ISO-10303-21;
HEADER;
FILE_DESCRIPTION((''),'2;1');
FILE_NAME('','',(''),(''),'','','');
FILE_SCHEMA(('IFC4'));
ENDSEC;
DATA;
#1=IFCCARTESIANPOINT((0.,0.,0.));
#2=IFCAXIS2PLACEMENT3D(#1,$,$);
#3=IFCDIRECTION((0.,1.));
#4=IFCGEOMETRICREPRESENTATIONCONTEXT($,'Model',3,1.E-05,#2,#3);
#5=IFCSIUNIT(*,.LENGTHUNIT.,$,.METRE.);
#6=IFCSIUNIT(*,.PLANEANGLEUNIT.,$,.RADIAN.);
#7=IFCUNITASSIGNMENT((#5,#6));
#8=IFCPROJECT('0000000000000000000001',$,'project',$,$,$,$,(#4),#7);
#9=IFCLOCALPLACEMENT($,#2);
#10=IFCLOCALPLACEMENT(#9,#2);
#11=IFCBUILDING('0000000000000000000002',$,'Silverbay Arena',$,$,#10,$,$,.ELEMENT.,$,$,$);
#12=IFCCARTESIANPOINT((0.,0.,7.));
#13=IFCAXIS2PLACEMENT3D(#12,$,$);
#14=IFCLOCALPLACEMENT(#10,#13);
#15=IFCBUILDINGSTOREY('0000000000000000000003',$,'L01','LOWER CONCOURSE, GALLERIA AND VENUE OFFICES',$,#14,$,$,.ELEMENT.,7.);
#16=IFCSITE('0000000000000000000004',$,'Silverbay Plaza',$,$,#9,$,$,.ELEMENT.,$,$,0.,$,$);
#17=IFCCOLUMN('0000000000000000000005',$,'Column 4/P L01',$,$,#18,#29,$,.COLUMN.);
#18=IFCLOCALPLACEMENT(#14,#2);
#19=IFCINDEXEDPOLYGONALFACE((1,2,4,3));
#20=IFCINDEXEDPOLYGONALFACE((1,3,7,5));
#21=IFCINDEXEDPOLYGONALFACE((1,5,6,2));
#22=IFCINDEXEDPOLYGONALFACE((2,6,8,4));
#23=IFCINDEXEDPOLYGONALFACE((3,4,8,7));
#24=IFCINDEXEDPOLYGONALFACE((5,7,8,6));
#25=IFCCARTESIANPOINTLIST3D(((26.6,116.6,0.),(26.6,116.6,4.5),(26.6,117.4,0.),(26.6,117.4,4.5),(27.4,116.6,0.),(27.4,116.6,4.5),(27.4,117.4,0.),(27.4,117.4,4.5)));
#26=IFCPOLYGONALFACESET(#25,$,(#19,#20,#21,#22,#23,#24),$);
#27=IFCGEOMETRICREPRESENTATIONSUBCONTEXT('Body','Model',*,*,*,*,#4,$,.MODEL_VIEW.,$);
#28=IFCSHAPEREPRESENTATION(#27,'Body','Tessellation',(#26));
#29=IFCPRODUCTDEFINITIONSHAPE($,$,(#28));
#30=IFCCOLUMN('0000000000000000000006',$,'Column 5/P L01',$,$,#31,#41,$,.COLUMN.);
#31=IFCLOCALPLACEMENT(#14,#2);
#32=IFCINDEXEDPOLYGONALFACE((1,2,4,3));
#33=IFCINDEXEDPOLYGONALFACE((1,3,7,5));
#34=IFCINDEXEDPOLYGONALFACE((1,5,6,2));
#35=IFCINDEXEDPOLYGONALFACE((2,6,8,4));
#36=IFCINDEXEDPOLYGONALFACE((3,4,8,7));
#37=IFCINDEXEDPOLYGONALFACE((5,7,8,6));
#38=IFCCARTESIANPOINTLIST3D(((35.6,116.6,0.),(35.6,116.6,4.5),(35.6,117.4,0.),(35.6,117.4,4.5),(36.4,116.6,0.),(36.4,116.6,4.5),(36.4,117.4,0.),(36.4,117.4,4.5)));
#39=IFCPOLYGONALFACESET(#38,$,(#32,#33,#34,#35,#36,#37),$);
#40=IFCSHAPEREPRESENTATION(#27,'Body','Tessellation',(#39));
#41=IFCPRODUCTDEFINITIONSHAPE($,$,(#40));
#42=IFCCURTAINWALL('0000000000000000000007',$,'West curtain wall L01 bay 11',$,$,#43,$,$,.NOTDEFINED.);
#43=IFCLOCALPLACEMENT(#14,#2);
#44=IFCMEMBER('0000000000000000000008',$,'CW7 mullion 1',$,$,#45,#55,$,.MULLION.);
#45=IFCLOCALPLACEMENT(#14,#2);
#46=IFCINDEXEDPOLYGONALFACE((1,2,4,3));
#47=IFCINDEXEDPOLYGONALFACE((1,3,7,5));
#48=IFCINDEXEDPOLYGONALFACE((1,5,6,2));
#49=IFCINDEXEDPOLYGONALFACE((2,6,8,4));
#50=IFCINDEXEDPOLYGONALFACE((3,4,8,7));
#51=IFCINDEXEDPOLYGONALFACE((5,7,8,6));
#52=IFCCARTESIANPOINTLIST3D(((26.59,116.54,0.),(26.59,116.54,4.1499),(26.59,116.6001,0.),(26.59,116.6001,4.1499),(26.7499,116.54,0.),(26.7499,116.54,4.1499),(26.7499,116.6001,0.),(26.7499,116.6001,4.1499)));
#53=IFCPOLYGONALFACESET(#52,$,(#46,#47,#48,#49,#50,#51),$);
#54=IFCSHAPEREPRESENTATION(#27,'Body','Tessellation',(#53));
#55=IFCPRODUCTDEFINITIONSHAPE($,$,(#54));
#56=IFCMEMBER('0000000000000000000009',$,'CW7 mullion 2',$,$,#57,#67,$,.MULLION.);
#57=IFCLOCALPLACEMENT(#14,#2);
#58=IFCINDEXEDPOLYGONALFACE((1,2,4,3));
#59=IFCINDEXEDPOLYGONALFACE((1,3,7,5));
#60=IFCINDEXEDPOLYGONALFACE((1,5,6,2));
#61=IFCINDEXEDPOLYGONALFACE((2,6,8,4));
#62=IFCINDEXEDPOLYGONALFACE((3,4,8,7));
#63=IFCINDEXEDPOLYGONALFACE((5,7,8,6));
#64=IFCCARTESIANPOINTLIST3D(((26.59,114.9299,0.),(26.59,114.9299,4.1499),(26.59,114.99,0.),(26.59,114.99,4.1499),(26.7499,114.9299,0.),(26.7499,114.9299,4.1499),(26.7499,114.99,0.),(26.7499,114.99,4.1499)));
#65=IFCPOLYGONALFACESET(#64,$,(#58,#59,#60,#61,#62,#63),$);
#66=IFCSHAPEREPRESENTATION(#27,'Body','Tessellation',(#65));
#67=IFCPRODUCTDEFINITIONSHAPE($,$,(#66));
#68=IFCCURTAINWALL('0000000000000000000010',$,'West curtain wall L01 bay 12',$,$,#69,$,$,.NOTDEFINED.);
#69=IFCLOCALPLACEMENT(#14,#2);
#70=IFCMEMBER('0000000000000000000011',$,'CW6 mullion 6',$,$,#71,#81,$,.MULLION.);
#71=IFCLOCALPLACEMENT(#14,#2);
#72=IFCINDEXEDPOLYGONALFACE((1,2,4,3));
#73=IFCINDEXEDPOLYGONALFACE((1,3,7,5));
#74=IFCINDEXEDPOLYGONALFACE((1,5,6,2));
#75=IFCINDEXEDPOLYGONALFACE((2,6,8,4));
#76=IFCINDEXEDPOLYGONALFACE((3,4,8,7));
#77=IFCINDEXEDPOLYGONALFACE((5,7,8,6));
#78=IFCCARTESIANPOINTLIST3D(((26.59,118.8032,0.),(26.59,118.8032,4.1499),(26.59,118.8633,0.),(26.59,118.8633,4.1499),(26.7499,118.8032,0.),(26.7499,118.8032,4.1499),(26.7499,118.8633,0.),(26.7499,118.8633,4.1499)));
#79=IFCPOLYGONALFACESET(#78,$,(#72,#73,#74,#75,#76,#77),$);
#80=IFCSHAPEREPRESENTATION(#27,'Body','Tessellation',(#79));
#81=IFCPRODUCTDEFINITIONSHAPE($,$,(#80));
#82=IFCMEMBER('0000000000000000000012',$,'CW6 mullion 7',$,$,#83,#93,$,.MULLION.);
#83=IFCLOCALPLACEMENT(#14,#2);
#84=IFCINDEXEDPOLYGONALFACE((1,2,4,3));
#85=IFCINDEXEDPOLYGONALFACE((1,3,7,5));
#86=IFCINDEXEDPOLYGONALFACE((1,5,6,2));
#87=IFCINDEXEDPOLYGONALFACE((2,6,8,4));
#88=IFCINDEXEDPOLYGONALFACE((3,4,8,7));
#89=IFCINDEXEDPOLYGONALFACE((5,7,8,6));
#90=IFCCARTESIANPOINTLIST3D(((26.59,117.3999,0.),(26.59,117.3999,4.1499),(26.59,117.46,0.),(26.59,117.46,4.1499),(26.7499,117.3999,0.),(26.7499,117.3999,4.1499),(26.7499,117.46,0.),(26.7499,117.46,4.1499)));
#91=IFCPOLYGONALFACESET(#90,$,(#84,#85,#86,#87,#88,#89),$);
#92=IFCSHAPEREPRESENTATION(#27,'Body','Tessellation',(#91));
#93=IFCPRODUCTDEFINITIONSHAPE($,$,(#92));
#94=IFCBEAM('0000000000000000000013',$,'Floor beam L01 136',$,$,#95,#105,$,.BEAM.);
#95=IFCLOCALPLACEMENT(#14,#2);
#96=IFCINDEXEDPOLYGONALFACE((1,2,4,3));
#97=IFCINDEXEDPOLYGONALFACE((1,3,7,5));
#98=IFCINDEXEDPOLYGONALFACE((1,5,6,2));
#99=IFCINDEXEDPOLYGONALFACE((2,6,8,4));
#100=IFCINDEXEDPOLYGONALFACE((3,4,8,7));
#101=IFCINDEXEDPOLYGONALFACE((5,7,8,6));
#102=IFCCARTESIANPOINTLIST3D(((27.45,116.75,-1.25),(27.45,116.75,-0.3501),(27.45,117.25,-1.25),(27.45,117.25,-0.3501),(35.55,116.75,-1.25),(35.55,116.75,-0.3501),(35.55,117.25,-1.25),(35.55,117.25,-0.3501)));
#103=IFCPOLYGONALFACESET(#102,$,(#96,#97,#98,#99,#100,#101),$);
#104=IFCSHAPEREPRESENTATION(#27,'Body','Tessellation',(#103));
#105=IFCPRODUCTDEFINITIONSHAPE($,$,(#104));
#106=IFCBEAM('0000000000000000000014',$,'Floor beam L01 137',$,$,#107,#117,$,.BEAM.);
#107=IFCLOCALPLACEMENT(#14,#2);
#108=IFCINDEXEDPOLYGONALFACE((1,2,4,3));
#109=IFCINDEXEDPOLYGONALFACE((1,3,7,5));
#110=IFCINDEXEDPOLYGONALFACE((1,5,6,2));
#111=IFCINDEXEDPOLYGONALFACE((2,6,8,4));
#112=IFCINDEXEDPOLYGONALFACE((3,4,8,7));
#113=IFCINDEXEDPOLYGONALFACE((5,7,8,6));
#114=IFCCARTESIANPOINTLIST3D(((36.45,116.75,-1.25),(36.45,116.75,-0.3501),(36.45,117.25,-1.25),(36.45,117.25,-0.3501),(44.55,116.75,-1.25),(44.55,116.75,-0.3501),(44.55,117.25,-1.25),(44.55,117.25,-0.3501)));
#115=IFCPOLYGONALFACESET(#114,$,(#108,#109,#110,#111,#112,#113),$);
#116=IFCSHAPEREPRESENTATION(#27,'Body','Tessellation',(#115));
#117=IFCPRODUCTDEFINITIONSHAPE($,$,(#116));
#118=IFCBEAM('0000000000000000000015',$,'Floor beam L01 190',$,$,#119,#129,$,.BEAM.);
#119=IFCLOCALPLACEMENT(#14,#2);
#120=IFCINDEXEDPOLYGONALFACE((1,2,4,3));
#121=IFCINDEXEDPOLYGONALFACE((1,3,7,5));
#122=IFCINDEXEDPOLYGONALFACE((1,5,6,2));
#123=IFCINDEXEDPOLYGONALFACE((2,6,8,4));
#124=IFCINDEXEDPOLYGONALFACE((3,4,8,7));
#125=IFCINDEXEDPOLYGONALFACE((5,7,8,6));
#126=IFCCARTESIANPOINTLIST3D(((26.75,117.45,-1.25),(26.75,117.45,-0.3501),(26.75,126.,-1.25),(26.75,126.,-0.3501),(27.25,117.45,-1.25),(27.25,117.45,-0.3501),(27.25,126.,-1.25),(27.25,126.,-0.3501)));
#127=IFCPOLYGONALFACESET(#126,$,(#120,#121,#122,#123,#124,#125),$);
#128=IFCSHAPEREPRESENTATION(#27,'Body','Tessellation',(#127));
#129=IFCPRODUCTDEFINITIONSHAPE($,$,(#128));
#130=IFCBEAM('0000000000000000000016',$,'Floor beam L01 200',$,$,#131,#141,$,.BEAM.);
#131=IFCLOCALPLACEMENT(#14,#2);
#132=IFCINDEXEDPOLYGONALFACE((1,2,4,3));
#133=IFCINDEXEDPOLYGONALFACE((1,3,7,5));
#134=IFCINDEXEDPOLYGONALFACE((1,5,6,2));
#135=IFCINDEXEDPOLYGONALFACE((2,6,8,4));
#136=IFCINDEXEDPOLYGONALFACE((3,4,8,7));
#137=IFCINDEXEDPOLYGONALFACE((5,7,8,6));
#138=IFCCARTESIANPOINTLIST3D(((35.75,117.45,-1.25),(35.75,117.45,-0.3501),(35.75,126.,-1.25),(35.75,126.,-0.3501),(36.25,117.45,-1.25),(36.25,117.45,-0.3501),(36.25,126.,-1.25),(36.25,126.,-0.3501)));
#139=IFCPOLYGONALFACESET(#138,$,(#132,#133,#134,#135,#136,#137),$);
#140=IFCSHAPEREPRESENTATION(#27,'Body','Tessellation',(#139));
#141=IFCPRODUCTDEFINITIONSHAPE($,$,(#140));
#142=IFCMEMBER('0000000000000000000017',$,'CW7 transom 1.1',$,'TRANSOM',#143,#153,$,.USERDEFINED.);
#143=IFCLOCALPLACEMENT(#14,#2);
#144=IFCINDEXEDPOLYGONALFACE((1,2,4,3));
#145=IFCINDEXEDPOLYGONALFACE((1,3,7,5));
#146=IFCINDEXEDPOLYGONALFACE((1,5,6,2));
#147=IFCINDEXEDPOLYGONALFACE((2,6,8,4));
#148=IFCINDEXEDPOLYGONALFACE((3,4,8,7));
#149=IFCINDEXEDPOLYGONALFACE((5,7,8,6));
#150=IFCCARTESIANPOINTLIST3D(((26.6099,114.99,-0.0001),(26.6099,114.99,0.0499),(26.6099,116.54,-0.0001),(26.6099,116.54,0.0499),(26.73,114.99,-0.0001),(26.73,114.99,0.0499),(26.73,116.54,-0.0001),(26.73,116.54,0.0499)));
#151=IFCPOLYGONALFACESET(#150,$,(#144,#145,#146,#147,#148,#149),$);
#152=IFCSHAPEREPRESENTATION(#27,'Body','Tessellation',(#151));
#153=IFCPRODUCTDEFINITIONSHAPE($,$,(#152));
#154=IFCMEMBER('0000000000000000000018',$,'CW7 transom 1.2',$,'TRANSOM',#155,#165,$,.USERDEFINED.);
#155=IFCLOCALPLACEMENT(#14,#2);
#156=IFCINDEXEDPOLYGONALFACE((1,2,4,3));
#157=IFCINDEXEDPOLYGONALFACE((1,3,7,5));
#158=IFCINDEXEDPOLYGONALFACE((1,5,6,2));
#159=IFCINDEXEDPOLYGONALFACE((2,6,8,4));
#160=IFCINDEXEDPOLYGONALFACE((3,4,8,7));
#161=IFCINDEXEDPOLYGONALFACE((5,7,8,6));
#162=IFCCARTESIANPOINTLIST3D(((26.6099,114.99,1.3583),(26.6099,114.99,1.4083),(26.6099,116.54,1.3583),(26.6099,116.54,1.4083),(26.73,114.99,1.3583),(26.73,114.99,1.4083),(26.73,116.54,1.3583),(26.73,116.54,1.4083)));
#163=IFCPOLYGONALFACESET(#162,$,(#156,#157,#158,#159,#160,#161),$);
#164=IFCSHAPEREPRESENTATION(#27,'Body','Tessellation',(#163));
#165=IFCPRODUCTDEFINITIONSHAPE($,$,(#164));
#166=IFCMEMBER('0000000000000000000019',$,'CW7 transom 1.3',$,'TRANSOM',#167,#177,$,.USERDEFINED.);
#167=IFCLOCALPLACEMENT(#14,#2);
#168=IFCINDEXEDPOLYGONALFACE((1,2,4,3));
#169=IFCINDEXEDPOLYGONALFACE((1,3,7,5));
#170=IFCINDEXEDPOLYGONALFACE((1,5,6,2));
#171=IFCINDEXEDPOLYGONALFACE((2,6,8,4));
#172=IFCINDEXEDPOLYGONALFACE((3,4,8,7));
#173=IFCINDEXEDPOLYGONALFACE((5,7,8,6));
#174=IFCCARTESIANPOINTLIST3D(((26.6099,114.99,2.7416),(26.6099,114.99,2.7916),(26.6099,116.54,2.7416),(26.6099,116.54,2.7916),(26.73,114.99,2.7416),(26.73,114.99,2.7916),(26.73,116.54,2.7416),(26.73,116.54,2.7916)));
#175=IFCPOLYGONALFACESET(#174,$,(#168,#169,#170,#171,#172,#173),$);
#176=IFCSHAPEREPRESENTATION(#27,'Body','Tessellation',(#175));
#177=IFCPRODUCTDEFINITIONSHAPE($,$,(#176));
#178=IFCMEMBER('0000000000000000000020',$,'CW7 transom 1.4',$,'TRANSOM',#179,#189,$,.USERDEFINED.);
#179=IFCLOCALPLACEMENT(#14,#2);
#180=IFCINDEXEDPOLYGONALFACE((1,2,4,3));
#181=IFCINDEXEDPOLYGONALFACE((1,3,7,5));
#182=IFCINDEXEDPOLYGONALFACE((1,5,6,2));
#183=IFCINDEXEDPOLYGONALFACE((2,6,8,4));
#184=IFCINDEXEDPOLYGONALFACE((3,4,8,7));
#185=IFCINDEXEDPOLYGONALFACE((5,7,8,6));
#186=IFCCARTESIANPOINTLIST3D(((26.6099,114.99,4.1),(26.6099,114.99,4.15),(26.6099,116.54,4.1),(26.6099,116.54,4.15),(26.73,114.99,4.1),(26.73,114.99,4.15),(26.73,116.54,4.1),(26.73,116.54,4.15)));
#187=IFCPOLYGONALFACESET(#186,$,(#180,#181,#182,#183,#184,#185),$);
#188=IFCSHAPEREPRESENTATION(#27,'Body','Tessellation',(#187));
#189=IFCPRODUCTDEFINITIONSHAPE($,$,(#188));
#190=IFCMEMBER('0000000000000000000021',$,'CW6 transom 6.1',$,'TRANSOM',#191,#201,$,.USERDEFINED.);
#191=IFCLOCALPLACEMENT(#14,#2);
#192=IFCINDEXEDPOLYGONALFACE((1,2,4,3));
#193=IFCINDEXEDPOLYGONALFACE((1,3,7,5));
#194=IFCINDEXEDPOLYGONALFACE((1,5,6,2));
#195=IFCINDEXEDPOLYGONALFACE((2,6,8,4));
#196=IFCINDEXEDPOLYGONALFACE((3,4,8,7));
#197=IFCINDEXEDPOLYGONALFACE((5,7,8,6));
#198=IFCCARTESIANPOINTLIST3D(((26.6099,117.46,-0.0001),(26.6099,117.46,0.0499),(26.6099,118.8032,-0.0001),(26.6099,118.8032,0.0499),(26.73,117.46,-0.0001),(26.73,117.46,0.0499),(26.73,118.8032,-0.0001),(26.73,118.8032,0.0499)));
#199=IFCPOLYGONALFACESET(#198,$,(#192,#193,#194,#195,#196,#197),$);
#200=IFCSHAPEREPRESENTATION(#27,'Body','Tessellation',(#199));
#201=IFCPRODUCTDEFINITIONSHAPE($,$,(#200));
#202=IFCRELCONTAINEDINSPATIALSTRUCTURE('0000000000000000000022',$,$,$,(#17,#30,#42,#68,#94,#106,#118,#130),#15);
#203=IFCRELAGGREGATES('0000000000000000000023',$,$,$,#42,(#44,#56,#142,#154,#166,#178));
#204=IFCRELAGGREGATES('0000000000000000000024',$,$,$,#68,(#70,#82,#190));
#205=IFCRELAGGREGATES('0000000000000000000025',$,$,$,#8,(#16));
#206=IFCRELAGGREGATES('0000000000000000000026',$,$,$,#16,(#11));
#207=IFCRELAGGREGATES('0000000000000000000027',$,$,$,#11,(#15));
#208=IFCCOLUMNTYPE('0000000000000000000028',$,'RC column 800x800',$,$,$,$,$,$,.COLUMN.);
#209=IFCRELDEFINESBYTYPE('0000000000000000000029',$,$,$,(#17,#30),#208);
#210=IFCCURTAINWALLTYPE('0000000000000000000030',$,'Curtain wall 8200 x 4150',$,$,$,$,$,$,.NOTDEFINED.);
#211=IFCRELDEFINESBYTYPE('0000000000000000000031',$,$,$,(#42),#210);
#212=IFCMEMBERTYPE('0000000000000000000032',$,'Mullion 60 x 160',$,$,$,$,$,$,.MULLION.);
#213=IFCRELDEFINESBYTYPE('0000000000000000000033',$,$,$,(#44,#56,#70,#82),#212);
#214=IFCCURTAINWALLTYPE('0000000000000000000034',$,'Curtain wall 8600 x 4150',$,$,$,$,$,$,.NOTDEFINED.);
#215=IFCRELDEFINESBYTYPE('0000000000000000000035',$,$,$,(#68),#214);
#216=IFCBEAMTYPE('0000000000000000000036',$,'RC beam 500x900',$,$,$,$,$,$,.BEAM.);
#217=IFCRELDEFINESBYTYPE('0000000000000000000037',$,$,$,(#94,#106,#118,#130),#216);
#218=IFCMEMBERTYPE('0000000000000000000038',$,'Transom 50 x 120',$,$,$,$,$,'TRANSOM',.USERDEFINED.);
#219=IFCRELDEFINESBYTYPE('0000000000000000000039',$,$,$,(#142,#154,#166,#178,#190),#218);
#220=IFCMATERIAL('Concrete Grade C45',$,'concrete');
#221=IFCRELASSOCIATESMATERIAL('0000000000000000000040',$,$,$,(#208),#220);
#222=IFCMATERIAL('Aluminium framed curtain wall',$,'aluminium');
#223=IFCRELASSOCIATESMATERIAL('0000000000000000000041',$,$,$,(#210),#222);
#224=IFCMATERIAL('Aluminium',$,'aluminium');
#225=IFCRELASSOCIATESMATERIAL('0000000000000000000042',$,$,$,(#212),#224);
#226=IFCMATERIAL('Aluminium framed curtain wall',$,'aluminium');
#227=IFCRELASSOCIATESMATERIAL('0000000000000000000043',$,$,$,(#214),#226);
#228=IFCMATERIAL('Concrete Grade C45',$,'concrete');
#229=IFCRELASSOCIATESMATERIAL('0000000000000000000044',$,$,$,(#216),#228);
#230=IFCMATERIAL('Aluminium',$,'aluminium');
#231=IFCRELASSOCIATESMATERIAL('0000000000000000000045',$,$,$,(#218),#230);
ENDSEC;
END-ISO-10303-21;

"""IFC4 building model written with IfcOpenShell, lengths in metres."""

from ifc_helpers import new_model, si_unit, direction, frame, origin, origin_2d, place, context, subcontext, project, spatial, rectangle, extrude, material, material_profile, profile_set, type_object, element, aggregate, save


model = new_model("IFC4")

# Units and contexts
model_context = context("Model", 3, precision=1e-05, world=origin(), true_north=direction((0.0, 1.0)))
body_context = subcontext(model_context, "Body", "Model", "MODEL_VIEW")
ifc_project = project(units=[si_unit("LENGTHUNIT", "METRE"), si_unit("PLANEANGLEUNIT", "RADIAN")], contexts=[model_context])

# Site, building, storey
site_placement = place(None, origin())
site = spatial("IfcSite", under=ifc_project, at=site_placement, Name="Silverbay Plaza", CompositionType="ELEMENT", RefElevation=0.0)
building_placement = place(site_placement, origin())
building = spatial("IfcBuilding", under=site, at=building_placement, Name="Silverbay Arena", CompositionType="ELEMENT")
storey_placement = place(building_placement, frame((0.0, 0.0, 7.0)))
storey = spatial("IfcBuildingStorey", under=building, at=storey_placement, Name="L01", Description="LOWER CONCOURSE, GALLERIA AND VENUE OFFICES", CompositionType="ELEMENT", Elevation=7.0)

# Columns
ifc_material_1 = material(Name="Concrete Grade C45", Category="concrete")
ifc_material_profile_1 = material_profile(ifc_material_1, rectangle(XDim=0.8, YDim=0.8, at=origin_2d()), Name="RC 800x800")
ifc_profile_set_1 = profile_set([ifc_material_profile_1], Name="Concrete Grade C45")
column_type = type_object("IfcColumnType", Name="RC column 800x800", PredefinedType="COLUMN", material=ifc_profile_set_1)
for number, where, z_axis, x_axis, name in (
    (1, (27.0, 117.0, 0.0), (0.0, 0.0, 1.0), (1.0, 0.0, 0.0), "Column 4/P L01"),
    (2, (36.0, 117.0, 0.0), (0.0, 0.0, 1.0), (1.0, 0.0, 0.0), "Column 5/P L01"),
):
    element("IfcColumn", number, at=place(storey_placement, frame(where, z_axis=z_axis, x_axis=x_axis)), inside=storey, type_object=column_type, Name=name, PredefinedType="COLUMN", context=body_context, shape_type="SweptSolid", body=[
        extrude(rectangle(XDim=0.8, YDim=0.8, at=origin_2d()), origin(), (0.0, 0.0, 1.0), 4.5),
    ])

# Curtain walls, members
ifc_material_2 = material(Name="Aluminium framed curtain wall", Category="aluminium")
curtain_wall_type_1 = type_object("IfcCurtainWallType", Name="Curtain wall 8200 x 4150", PredefinedType="NOTDEFINED", material=ifc_material_2)
curtain_wall_1_placement = place(storey_placement, origin())
curtain_wall_1 = element("IfcCurtainWall", 3, at=curtain_wall_1_placement, inside=storey, type_object=curtain_wall_type_1, Name="West curtain wall L01 bay 11", PredefinedType="NOTDEFINED")
ifc_material_3 = material(Name="Aluminium", Category="aluminium")
ifc_material_profile_2 = material_profile(ifc_material_3, rectangle(XDim=0.1599, YDim=0.0601, at=origin_2d()), Name="Mullion 60 x 160")
ifc_profile_set_2 = profile_set([ifc_material_profile_2], Name="Aluminium")
member_type_1 = type_object("IfcMemberType", Name="Mullion 60 x 160", PredefinedType="MULLION", material=ifc_profile_set_2)
member_1_placement = place(storey_placement, frame((26.6699, 116.5701, 0.0), z_axis=(0.0, 0.0, 1.0), x_axis=(1.0, 0.0, 0.0)))
member_1 = element("IfcMember", 4, at=member_1_placement, type_object=member_type_1, Name="CW7 mullion 1", PredefinedType="MULLION", context=body_context, shape_type="SweptSolid", body=[
    extrude(rectangle(XDim=0.1599, YDim=0.0601, at=origin_2d()), origin(), (0.0, 0.0, 1.0), 4.1499),
])
member_2_placement = place(storey_placement, frame((26.6699, 114.96, 0.0), z_axis=(0.0, 0.0, 1.0), x_axis=(1.0, 0.0, 0.0)))
member_2 = element("IfcMember", 5, at=member_2_placement, type_object=member_type_1, Name="CW7 mullion 2", PredefinedType="MULLION", context=body_context, shape_type="SweptSolid", body=[
    extrude(rectangle(XDim=0.1599, YDim=0.0601, at=origin_2d()), origin(), (0.0, 0.0, 1.0), 4.1499),
])
ifc_material_4 = material(Name="Aluminium framed curtain wall", Category="aluminium")
curtain_wall_type_2 = type_object("IfcCurtainWallType", Name="Curtain wall 8600 x 4150", PredefinedType="NOTDEFINED", material=ifc_material_4)
curtain_wall_2_placement = place(storey_placement, origin())
curtain_wall_2 = element("IfcCurtainWall", 6, at=curtain_wall_2_placement, inside=storey, type_object=curtain_wall_type_2, Name="West curtain wall L01 bay 12", PredefinedType="NOTDEFINED")
member_3_placement = place(storey_placement, frame((26.6699, 118.8333, 0.0), z_axis=(0.0, 0.0, 1.0), x_axis=(1.0, 0.0, 0.0)))
member_3 = element("IfcMember", 7, at=member_3_placement, type_object=member_type_1, Name="CW6 mullion 6", PredefinedType="MULLION", context=body_context, shape_type="SweptSolid", body=[
    extrude(rectangle(XDim=0.1599, YDim=0.0601, at=origin_2d()), origin(), (0.0, 0.0, 1.0), 4.1499),
])
member_4_placement = place(storey_placement, frame((26.6699, 117.4299, 0.0), z_axis=(0.0, 0.0, 1.0), x_axis=(1.0, 0.0, 0.0)))
member_4 = element("IfcMember", 8, at=member_4_placement, type_object=member_type_1, Name="CW6 mullion 7", PredefinedType="MULLION", context=body_context, shape_type="SweptSolid", body=[
    extrude(rectangle(XDim=0.1599, YDim=0.0601, at=origin_2d()), origin(), (0.0, 0.0, 1.0), 4.1499),
])

# Beams
ifc_material_5 = material(Name="Concrete Grade C45", Category="concrete")
ifc_material_profile_3 = material_profile(ifc_material_5, rectangle(XDim=0.5, YDim=0.8999, at=origin_2d()), Name="RC 500x900")
ifc_profile_set_3 = profile_set([ifc_material_profile_3], Name="Concrete Grade C45")
beam_type = type_object("IfcBeamType", Name="RC beam 500x900", PredefinedType="BEAM", material=ifc_profile_set_3)
for number, where, z_axis, x_axis, name in (
    (9, (27.45, 117.0, -0.8), (1.0, 0.0, 0.0), (0.0, 1.0, 0.0), "Floor beam L01 136"),
    (10, (36.45, 117.0, -0.8), (1.0, 0.0, 0.0), (0.0, 1.0, 0.0), "Floor beam L01 137"),
):
    element("IfcBeam", number, at=place(storey_placement, frame(where, z_axis=z_axis, x_axis=x_axis)), inside=storey, type_object=beam_type, Name=name, PredefinedType="BEAM", context=body_context, shape_type="SweptSolid", body=[
        extrude(rectangle(XDim=0.5, YDim=0.8999, at=origin_2d()), origin(), (0.0, 0.0, 1.0), 8.1001),
    ])
for number, where, z_axis, x_axis, name in (
    (11, (27.0, 117.45, -0.8), (0.0, 1.0, 0.0), (-1.0, 0.0, 0.0), "Floor beam L01 190"),
    (12, (36.0, 117.45, -0.8), (0.0, 1.0, 0.0), (-1.0, 0.0, 0.0), "Floor beam L01 200"),
):
    element("IfcBeam", number, at=place(storey_placement, frame(where, z_axis=z_axis, x_axis=x_axis)), inside=storey, type_object=beam_type, Name=name, PredefinedType="BEAM", context=body_context, shape_type="SweptSolid", body=[
        extrude(rectangle(XDim=0.5, YDim=0.8999, at=origin_2d()), origin(), (0.0, 0.0, 1.0), 8.55),
    ])

# Members
ifc_material_6 = material(Name="Aluminium", Category="aluminium")
ifc_material_profile_4 = material_profile(ifc_material_6, rectangle(XDim=0.1201, YDim=0.05, at=origin_2d()), Name="Transom 50 x 120")
ifc_profile_set_4 = profile_set([ifc_material_profile_4], Name="Aluminium")
member_type_2 = type_object("IfcMemberType", Name="Transom 50 x 120", ElementType="TRANSOM", PredefinedType="USERDEFINED", material=ifc_profile_set_4)
member_5_placement = place(storey_placement, frame((26.6699, 116.54, 0.0249), z_axis=(0.0, -1.0, 0.0), x_axis=(1.0, 0.0, 0.0)))
member_5 = element("IfcMember", 13, at=member_5_placement, type_object=member_type_2, Name="CW7 transom 1.1", ObjectType="TRANSOM", PredefinedType="USERDEFINED", context=body_context, shape_type="SweptSolid", body=[
    extrude(rectangle(XDim=0.1201, YDim=0.05, at=origin_2d()), origin(), (0.0, 0.0, 1.0), 1.55),
])
member_6_placement = place(storey_placement, frame((26.6699, 116.54, 1.3833), z_axis=(0.0, -1.0, 0.0), x_axis=(1.0, 0.0, 0.0)))
member_6 = element("IfcMember", 14, at=member_6_placement, type_object=member_type_2, Name="CW7 transom 1.2", ObjectType="TRANSOM", PredefinedType="USERDEFINED", context=body_context, shape_type="SweptSolid", body=[
    extrude(rectangle(XDim=0.1201, YDim=0.05, at=origin_2d()), origin(), (0.0, 0.0, 1.0), 1.55),
])
member_7_placement = place(storey_placement, frame((26.6699, 116.54, 2.7666), z_axis=(0.0, -1.0, 0.0), x_axis=(1.0, 0.0, 0.0)))
member_7 = element("IfcMember", 15, at=member_7_placement, type_object=member_type_2, Name="CW7 transom 1.3", ObjectType="TRANSOM", PredefinedType="USERDEFINED", context=body_context, shape_type="SweptSolid", body=[
    extrude(rectangle(XDim=0.1201, YDim=0.05, at=origin_2d()), origin(), (0.0, 0.0, 1.0), 1.55),
])
member_8_placement = place(storey_placement, frame((26.6699, 116.54, 4.125), z_axis=(0.0, -1.0, 0.0), x_axis=(1.0, 0.0, 0.0)))
member_8 = element("IfcMember", 16, at=member_8_placement, type_object=member_type_2, Name="CW7 transom 1.4", ObjectType="TRANSOM", PredefinedType="USERDEFINED", context=body_context, shape_type="SweptSolid", body=[
    extrude(rectangle(XDim=0.1201, YDim=0.05, at=origin_2d()), origin(), (0.0, 0.0, 1.0), 1.55),
])
member_9_placement = place(storey_placement, frame((26.6699, 118.8032, 0.0249), z_axis=(0.0, -1.0, 0.0), x_axis=(1.0, 0.0, 0.0)))
member_9 = element("IfcMember", 17, at=member_9_placement, type_object=member_type_2, Name="CW6 transom 6.1", ObjectType="TRANSOM", PredefinedType="USERDEFINED", context=body_context, shape_type="SweptSolid", body=[
    extrude(rectangle(XDim=0.1201, YDim=0.05, at=origin_2d()), origin(), (0.0, 0.0, 1.0), 1.3433),
])

aggregate(curtain_wall_1, [member_1, member_2, member_5, member_6, member_7, member_8])
aggregate(curtain_wall_2, [member_3, member_4, member_9])

save(model, "model.ifc")
